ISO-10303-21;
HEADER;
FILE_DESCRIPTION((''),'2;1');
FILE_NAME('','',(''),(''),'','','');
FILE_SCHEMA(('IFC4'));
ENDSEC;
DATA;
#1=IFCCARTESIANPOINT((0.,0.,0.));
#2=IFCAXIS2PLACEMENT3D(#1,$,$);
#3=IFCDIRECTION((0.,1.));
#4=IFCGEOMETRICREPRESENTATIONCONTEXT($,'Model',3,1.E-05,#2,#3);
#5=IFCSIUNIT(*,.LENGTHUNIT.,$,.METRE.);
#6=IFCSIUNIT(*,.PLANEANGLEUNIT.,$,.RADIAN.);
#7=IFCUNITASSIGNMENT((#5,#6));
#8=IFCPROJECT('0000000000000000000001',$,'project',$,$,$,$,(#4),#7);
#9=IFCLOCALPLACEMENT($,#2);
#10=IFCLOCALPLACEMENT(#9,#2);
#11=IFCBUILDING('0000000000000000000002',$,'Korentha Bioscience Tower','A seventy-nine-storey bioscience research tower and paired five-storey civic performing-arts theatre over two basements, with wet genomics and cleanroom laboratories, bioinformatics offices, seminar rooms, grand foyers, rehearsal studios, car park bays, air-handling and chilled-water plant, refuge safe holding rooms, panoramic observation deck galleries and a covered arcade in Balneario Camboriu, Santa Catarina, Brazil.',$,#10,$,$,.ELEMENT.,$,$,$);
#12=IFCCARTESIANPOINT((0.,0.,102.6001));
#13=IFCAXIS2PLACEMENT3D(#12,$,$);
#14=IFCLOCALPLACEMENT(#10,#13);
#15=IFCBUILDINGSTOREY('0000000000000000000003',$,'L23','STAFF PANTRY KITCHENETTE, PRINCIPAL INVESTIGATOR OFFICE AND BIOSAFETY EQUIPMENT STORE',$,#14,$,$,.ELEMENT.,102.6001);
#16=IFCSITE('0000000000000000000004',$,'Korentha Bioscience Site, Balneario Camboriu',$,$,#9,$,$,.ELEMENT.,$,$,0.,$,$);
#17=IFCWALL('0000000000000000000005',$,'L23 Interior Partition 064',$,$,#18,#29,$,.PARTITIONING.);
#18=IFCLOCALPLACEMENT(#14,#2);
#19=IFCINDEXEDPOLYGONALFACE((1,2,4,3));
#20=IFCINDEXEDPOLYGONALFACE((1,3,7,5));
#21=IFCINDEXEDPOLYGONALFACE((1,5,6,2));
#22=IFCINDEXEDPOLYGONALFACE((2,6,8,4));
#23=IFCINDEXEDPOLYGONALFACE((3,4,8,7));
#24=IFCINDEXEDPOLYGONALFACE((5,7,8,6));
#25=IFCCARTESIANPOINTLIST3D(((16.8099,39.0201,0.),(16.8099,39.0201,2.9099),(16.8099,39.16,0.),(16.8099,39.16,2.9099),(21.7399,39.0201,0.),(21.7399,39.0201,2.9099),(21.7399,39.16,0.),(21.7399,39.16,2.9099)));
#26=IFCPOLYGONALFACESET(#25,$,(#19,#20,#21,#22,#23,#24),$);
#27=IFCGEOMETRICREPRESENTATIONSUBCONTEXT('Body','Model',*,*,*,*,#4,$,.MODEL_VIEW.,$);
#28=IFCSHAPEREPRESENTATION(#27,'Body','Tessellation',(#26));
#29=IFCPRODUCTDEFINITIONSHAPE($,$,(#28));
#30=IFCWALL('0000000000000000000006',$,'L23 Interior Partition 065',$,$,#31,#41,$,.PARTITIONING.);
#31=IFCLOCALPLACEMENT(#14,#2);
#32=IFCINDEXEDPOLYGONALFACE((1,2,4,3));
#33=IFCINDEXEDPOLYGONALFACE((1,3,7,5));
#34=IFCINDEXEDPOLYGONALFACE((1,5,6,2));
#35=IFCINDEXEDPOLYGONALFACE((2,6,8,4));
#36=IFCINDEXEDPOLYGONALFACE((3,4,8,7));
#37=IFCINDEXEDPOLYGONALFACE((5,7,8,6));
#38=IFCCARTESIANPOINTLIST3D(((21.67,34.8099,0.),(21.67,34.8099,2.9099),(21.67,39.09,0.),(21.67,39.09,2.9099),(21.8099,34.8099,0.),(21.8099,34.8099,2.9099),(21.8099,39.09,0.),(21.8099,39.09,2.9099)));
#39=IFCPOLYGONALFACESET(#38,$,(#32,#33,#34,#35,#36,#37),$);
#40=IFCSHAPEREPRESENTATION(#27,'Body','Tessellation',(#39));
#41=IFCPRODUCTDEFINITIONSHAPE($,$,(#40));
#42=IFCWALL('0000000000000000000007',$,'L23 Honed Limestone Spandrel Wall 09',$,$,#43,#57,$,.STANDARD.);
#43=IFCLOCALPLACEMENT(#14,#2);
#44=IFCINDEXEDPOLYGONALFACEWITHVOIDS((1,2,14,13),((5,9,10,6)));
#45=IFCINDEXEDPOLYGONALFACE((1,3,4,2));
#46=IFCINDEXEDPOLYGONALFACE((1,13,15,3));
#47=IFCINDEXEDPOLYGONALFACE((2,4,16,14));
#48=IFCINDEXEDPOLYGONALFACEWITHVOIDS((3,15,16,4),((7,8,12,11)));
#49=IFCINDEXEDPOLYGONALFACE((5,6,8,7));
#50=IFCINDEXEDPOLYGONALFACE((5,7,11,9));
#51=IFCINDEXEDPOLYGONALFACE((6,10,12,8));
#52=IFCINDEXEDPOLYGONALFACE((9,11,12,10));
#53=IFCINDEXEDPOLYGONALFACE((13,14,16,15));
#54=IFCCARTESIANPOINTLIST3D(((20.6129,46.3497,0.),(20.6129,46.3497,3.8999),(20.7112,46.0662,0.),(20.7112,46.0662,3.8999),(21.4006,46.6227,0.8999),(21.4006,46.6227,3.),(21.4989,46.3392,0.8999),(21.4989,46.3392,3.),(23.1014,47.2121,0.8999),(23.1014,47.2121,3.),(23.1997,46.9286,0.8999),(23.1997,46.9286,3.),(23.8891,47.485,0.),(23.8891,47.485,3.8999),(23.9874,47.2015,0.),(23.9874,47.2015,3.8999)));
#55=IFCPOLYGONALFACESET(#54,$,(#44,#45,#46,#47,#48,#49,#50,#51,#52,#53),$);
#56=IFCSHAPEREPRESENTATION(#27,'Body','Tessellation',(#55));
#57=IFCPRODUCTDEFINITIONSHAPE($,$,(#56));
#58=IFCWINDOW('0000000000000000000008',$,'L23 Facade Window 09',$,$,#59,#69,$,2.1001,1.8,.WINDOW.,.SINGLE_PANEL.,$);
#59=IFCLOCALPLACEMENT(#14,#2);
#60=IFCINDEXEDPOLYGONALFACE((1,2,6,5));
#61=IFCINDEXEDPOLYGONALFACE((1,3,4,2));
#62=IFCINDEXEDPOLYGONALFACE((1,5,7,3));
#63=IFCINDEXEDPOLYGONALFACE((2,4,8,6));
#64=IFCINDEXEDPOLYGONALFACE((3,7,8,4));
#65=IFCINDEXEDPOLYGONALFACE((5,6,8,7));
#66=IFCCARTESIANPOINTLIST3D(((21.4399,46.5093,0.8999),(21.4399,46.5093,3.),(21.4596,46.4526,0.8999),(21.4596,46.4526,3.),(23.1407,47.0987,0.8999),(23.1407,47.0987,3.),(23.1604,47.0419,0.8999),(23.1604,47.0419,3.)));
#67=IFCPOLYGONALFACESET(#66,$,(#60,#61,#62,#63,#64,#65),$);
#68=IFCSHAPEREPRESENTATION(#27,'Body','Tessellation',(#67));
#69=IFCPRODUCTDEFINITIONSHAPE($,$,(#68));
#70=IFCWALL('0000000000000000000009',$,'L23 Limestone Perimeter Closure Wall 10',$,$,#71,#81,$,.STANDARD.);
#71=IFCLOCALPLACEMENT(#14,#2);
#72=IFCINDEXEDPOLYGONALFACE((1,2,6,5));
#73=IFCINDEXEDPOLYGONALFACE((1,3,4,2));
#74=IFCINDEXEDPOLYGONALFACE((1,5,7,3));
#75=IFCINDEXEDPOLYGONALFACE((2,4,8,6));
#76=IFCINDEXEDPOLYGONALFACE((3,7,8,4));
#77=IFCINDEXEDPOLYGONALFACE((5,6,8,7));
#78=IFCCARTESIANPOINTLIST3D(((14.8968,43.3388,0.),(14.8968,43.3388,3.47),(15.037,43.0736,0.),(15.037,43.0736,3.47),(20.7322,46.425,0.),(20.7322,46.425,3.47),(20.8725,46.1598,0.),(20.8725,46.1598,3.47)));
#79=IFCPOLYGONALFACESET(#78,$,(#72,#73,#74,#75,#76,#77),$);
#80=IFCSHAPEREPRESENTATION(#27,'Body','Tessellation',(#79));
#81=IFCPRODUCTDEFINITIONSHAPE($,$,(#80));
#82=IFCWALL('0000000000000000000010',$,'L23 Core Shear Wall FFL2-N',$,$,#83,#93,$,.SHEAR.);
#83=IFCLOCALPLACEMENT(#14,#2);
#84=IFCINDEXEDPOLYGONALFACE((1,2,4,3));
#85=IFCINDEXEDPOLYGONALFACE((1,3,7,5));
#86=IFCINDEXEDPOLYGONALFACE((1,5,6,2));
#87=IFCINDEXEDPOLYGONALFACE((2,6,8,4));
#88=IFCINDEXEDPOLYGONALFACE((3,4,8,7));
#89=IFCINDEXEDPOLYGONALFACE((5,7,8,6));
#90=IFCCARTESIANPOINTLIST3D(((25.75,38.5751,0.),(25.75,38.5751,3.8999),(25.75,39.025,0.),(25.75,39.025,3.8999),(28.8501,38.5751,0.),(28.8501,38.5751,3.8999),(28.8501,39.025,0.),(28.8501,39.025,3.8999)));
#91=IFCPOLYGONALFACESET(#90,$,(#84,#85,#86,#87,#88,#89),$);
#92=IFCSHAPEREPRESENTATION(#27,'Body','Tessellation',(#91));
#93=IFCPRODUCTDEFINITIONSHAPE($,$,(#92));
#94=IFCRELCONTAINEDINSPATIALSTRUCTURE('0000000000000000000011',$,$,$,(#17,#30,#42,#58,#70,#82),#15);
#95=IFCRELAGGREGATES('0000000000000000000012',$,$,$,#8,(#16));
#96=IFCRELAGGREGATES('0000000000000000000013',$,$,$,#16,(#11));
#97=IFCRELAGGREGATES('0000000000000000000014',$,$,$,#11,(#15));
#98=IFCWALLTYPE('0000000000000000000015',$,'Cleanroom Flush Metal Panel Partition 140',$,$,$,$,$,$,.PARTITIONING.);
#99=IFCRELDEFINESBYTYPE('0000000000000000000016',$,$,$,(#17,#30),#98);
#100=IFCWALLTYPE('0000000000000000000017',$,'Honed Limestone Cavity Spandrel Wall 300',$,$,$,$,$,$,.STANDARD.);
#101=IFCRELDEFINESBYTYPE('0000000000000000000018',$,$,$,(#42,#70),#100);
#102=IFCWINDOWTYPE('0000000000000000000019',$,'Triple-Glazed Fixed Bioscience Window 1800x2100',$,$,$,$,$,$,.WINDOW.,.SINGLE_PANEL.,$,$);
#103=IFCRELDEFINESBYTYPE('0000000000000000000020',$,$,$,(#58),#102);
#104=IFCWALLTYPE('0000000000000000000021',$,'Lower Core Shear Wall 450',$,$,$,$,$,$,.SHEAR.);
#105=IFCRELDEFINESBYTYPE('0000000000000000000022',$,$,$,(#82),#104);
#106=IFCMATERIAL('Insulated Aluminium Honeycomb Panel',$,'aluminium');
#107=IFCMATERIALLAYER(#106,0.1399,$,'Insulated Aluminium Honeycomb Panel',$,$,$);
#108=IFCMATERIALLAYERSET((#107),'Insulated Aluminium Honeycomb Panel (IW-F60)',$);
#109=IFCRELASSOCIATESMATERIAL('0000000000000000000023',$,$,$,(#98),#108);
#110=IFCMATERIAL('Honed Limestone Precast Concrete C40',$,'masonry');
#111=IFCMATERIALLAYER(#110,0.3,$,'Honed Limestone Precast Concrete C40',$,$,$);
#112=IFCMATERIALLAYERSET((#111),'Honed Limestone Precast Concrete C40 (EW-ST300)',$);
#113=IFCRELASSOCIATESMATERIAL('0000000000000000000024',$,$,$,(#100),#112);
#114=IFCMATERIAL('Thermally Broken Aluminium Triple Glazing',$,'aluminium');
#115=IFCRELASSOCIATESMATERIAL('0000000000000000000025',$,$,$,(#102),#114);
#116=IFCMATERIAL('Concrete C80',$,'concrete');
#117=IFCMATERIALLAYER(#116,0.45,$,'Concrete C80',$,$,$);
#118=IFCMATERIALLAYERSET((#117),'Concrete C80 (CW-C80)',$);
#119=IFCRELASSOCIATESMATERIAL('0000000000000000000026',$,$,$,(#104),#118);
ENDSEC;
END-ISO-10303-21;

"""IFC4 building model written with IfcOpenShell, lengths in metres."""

from ifc_helpers import new_model, si_unit, direction, frame, frame_2d, origin, place, context, subcontext, project, spatial, rectangle, extrude, material, layer, layer_set, type_object, element, fill, save


model = new_model("IFC4")

# Units and contexts
model_context = context("Model", 3, precision=1e-05, world=origin(), true_north=direction((0.0, 1.0)))
body_context = subcontext(model_context, "Body", "Model", "MODEL_VIEW")
ifc_project = project(units=[si_unit("LENGTHUNIT", "METRE"), si_unit("PLANEANGLEUNIT", "RADIAN")], contexts=[model_context])

# Site, building, storey
site_placement = place(None, origin())
site = spatial("IfcSite", under=ifc_project, at=site_placement, Name="Korentha Bioscience Site, Balneario Camboriu", CompositionType="ELEMENT", RefElevation=0.0)
building_placement = place(site_placement, origin())
building = spatial("IfcBuilding", under=site, at=building_placement, Name="Korentha Bioscience Tower", Description="A seventy-nine-storey bioscience research tower and paired five-storey civic performing-arts theatre over two basements, with wet genomics and cleanroom laboratories, bioinformatics offices, seminar rooms, grand foyers, rehearsal studios, car park bays, air-handling and chilled-water plant, refuge safe holding rooms, panoramic observation deck galleries and a covered arcade in Balneario Camboriu, Santa Catarina, Brazil.", CompositionType="ELEMENT")
storey_placement = place(building_placement, frame((0.0, 0.0, 102.6001)))
storey = spatial("IfcBuildingStorey", under=building, at=storey_placement, Name="L23", Description="STAFF PANTRY KITCHENETTE, PRINCIPAL INVESTIGATOR OFFICE AND BIOSAFETY EQUIPMENT STORE", CompositionType="ELEMENT", Elevation=102.6001)

# Shared definitions
ifc_material_1 = material(Name="Concrete C80", Category="concrete")

# Walls
ifc_material_2 = material(Name="Insulated Aluminium Honeycomb Panel", Category="aluminium")
ifc_layer_1 = layer(ifc_material_2, 0.1399, Name="Insulated Aluminium Honeycomb Panel")
ifc_layer_set_1 = layer_set([ifc_layer_1], Name="Insulated Aluminium Honeycomb Panel (IW-F60)")
wall_type_1 = type_object("IfcWallType", Name="Cleanroom Flush Metal Panel Partition 140", PredefinedType="PARTITIONING", material=ifc_layer_set_1)
wall_1_placement = place(storey_placement, frame((16.8101, 39.0901, 0.0), z_axis=(0.0, 0.0, 1.0), x_axis=(1.0, 0.0, 0.0)))
element("IfcWall", 1, at=wall_1_placement, inside=storey, type_object=wall_type_1, Name="L23 Interior Partition 064", PredefinedType="PARTITIONING", context=body_context, shape_type="SweptSolid", body=[
    extrude(rectangle(XDim=4.9299, YDim=0.1399, at=frame_2d((2.4648, 0.0))), origin(), (0.0, 0.0, 1.0), 2.9099),
])
wall_2_placement = place(storey_placement, frame((21.74, 39.0901, 0.0), z_axis=(0.0, 0.0, 1.0), x_axis=(0.0, -1.0, 0.0)))
element("IfcWall", 2, at=wall_2_placement, inside=storey, type_object=wall_type_1, Name="L23 Interior Partition 065", PredefinedType="PARTITIONING", context=body_context, shape_type="SweptSolid", body=[
    extrude(rectangle(XDim=4.28, YDim=0.1399, at=frame_2d((2.1401, 0.0))), origin(), (0.0, 0.0, 1.0), 2.9099),
])

# Shared definitions
ifc_material_3 = material(Name="Honed Limestone Precast Concrete C40", Category="masonry")
ifc_layer_2 = layer(ifc_material_3, 0.3, Name="Honed Limestone Precast Concrete C40")
ifc_layer_set_2 = layer_set([ifc_layer_2], Name="Honed Limestone Precast Concrete C40 (EW-ST300)")
wall_type_2 = type_object("IfcWallType", Name="Honed Limestone Cavity Spandrel Wall 300", PredefinedType="STANDARD", material=ifc_layer_set_2)

# Wall, opening, window
wall_3_placement = place(storey_placement, frame((23.9382, 47.3433, 0.0), z_axis=(0.0, 0.0, 1.0), x_axis=(-0.944878, -0.327423, 0.0)))
wall_3 = element("IfcWall", 3, at=wall_3_placement, inside=storey, type_object=wall_type_2, Name="L23 Honed Limestone Spandrel Wall 09", PredefinedType="STANDARD", context=body_context, shape_type="SweptSolid", body=[
    extrude(rectangle(XDim=3.4673, YDim=0.3, at=frame_2d((1.7336, 0.0))), origin(), (0.0, 0.0, 1.0), 3.8999),
])
opening_1_placement = place(wall_3_placement, frame((0.8337, 0.0, 0.8999)))
opening_1 = element("IfcOpeningElement", 4, at=opening_1_placement, cuts=wall_3, PredefinedType="OPENING", context=body_context, shape_type="SweptSolid", body=[
    extrude(rectangle(XDim=1.8, YDim=2.1001, at=frame_2d((0.8999, 1.05))), frame((0.0, 0.165, 0.0), z_axis=(0.0, -1.0, 0.0), x_axis=(1.0, 0.0, 0.0)), (0.0, 0.0, 1.0), 0.3298),
])
ifc_material_4 = material(Name="Thermally Broken Aluminium Triple Glazing", Category="aluminium")
window_type = type_object("IfcWindowType", Name="Triple-Glazed Fixed Bioscience Window 1800x2100", PartitioningType="SINGLE_PANEL", PredefinedType="WINDOW", material=ifc_material_4)
window_placement = place(opening_1_placement, origin())
window = element("IfcWindow", 5, at=window_placement, inside=storey, type_object=window_type, Name="L23 Facade Window 09", OverallHeight=2.1001, OverallWidth=1.8, PartitioningType="SINGLE_PANEL", PredefinedType="WINDOW", context=body_context, shape_type="SweptSolid", body=[
    extrude(rectangle(XDim=1.8, YDim=2.1001, at=frame_2d((0.8999, 1.05))), frame((0.0, 0.03, 0.0), z_axis=(0.0, -1.0, 0.0), x_axis=(1.0, 0.0, 0.0)), (0.0, 0.0, 1.0), 0.0601),
])
fill(opening_1, window)

# Walls
wall_4_placement = place(storey_placement, frame((20.8025, 46.2925, 0.0), z_axis=(0.0, 0.0, 1.0), x_axis=(-0.883987, -0.467512, 0.0)))
element("IfcWall", 6, at=wall_4_placement, inside=storey, type_object=wall_type_2, Name="L23 Limestone Perimeter Closure Wall 10", PredefinedType="STANDARD", context=body_context, shape_type="SweptSolid", body=[
    extrude(rectangle(XDim=6.6013, YDim=0.3, at=frame_2d((3.3008, 0.0))), origin(), (0.0, 0.0, 1.0), 3.47),
])
ifc_layer_3 = layer(ifc_material_1, 0.45, Name="Concrete C80")
ifc_layer_set_3 = layer_set([ifc_layer_3], Name="Concrete C80 (CW-C80)")
wall_type_3 = type_object("IfcWallType", Name="Lower Core Shear Wall 450", PredefinedType="SHEAR", material=ifc_layer_set_3)
wall_5_placement = place(storey_placement, frame((25.75, 38.8, 0.0), z_axis=(0.0, 0.0, 1.0), x_axis=(1.0, 0.0, 0.0)))
element("IfcWall", 7, at=wall_5_placement, inside=storey, type_object=wall_type_3, Name="L23 Core Shear Wall FFL2-N", PredefinedType="SHEAR", context=body_context, shape_type="SweptSolid", body=[
    extrude(rectangle(XDim=3.1001, YDim=0.45, at=frame_2d((1.55, 0.0))), origin(), (0.0, 0.0, 1.0), 3.8999),
])

save(model, "model.ifc")
